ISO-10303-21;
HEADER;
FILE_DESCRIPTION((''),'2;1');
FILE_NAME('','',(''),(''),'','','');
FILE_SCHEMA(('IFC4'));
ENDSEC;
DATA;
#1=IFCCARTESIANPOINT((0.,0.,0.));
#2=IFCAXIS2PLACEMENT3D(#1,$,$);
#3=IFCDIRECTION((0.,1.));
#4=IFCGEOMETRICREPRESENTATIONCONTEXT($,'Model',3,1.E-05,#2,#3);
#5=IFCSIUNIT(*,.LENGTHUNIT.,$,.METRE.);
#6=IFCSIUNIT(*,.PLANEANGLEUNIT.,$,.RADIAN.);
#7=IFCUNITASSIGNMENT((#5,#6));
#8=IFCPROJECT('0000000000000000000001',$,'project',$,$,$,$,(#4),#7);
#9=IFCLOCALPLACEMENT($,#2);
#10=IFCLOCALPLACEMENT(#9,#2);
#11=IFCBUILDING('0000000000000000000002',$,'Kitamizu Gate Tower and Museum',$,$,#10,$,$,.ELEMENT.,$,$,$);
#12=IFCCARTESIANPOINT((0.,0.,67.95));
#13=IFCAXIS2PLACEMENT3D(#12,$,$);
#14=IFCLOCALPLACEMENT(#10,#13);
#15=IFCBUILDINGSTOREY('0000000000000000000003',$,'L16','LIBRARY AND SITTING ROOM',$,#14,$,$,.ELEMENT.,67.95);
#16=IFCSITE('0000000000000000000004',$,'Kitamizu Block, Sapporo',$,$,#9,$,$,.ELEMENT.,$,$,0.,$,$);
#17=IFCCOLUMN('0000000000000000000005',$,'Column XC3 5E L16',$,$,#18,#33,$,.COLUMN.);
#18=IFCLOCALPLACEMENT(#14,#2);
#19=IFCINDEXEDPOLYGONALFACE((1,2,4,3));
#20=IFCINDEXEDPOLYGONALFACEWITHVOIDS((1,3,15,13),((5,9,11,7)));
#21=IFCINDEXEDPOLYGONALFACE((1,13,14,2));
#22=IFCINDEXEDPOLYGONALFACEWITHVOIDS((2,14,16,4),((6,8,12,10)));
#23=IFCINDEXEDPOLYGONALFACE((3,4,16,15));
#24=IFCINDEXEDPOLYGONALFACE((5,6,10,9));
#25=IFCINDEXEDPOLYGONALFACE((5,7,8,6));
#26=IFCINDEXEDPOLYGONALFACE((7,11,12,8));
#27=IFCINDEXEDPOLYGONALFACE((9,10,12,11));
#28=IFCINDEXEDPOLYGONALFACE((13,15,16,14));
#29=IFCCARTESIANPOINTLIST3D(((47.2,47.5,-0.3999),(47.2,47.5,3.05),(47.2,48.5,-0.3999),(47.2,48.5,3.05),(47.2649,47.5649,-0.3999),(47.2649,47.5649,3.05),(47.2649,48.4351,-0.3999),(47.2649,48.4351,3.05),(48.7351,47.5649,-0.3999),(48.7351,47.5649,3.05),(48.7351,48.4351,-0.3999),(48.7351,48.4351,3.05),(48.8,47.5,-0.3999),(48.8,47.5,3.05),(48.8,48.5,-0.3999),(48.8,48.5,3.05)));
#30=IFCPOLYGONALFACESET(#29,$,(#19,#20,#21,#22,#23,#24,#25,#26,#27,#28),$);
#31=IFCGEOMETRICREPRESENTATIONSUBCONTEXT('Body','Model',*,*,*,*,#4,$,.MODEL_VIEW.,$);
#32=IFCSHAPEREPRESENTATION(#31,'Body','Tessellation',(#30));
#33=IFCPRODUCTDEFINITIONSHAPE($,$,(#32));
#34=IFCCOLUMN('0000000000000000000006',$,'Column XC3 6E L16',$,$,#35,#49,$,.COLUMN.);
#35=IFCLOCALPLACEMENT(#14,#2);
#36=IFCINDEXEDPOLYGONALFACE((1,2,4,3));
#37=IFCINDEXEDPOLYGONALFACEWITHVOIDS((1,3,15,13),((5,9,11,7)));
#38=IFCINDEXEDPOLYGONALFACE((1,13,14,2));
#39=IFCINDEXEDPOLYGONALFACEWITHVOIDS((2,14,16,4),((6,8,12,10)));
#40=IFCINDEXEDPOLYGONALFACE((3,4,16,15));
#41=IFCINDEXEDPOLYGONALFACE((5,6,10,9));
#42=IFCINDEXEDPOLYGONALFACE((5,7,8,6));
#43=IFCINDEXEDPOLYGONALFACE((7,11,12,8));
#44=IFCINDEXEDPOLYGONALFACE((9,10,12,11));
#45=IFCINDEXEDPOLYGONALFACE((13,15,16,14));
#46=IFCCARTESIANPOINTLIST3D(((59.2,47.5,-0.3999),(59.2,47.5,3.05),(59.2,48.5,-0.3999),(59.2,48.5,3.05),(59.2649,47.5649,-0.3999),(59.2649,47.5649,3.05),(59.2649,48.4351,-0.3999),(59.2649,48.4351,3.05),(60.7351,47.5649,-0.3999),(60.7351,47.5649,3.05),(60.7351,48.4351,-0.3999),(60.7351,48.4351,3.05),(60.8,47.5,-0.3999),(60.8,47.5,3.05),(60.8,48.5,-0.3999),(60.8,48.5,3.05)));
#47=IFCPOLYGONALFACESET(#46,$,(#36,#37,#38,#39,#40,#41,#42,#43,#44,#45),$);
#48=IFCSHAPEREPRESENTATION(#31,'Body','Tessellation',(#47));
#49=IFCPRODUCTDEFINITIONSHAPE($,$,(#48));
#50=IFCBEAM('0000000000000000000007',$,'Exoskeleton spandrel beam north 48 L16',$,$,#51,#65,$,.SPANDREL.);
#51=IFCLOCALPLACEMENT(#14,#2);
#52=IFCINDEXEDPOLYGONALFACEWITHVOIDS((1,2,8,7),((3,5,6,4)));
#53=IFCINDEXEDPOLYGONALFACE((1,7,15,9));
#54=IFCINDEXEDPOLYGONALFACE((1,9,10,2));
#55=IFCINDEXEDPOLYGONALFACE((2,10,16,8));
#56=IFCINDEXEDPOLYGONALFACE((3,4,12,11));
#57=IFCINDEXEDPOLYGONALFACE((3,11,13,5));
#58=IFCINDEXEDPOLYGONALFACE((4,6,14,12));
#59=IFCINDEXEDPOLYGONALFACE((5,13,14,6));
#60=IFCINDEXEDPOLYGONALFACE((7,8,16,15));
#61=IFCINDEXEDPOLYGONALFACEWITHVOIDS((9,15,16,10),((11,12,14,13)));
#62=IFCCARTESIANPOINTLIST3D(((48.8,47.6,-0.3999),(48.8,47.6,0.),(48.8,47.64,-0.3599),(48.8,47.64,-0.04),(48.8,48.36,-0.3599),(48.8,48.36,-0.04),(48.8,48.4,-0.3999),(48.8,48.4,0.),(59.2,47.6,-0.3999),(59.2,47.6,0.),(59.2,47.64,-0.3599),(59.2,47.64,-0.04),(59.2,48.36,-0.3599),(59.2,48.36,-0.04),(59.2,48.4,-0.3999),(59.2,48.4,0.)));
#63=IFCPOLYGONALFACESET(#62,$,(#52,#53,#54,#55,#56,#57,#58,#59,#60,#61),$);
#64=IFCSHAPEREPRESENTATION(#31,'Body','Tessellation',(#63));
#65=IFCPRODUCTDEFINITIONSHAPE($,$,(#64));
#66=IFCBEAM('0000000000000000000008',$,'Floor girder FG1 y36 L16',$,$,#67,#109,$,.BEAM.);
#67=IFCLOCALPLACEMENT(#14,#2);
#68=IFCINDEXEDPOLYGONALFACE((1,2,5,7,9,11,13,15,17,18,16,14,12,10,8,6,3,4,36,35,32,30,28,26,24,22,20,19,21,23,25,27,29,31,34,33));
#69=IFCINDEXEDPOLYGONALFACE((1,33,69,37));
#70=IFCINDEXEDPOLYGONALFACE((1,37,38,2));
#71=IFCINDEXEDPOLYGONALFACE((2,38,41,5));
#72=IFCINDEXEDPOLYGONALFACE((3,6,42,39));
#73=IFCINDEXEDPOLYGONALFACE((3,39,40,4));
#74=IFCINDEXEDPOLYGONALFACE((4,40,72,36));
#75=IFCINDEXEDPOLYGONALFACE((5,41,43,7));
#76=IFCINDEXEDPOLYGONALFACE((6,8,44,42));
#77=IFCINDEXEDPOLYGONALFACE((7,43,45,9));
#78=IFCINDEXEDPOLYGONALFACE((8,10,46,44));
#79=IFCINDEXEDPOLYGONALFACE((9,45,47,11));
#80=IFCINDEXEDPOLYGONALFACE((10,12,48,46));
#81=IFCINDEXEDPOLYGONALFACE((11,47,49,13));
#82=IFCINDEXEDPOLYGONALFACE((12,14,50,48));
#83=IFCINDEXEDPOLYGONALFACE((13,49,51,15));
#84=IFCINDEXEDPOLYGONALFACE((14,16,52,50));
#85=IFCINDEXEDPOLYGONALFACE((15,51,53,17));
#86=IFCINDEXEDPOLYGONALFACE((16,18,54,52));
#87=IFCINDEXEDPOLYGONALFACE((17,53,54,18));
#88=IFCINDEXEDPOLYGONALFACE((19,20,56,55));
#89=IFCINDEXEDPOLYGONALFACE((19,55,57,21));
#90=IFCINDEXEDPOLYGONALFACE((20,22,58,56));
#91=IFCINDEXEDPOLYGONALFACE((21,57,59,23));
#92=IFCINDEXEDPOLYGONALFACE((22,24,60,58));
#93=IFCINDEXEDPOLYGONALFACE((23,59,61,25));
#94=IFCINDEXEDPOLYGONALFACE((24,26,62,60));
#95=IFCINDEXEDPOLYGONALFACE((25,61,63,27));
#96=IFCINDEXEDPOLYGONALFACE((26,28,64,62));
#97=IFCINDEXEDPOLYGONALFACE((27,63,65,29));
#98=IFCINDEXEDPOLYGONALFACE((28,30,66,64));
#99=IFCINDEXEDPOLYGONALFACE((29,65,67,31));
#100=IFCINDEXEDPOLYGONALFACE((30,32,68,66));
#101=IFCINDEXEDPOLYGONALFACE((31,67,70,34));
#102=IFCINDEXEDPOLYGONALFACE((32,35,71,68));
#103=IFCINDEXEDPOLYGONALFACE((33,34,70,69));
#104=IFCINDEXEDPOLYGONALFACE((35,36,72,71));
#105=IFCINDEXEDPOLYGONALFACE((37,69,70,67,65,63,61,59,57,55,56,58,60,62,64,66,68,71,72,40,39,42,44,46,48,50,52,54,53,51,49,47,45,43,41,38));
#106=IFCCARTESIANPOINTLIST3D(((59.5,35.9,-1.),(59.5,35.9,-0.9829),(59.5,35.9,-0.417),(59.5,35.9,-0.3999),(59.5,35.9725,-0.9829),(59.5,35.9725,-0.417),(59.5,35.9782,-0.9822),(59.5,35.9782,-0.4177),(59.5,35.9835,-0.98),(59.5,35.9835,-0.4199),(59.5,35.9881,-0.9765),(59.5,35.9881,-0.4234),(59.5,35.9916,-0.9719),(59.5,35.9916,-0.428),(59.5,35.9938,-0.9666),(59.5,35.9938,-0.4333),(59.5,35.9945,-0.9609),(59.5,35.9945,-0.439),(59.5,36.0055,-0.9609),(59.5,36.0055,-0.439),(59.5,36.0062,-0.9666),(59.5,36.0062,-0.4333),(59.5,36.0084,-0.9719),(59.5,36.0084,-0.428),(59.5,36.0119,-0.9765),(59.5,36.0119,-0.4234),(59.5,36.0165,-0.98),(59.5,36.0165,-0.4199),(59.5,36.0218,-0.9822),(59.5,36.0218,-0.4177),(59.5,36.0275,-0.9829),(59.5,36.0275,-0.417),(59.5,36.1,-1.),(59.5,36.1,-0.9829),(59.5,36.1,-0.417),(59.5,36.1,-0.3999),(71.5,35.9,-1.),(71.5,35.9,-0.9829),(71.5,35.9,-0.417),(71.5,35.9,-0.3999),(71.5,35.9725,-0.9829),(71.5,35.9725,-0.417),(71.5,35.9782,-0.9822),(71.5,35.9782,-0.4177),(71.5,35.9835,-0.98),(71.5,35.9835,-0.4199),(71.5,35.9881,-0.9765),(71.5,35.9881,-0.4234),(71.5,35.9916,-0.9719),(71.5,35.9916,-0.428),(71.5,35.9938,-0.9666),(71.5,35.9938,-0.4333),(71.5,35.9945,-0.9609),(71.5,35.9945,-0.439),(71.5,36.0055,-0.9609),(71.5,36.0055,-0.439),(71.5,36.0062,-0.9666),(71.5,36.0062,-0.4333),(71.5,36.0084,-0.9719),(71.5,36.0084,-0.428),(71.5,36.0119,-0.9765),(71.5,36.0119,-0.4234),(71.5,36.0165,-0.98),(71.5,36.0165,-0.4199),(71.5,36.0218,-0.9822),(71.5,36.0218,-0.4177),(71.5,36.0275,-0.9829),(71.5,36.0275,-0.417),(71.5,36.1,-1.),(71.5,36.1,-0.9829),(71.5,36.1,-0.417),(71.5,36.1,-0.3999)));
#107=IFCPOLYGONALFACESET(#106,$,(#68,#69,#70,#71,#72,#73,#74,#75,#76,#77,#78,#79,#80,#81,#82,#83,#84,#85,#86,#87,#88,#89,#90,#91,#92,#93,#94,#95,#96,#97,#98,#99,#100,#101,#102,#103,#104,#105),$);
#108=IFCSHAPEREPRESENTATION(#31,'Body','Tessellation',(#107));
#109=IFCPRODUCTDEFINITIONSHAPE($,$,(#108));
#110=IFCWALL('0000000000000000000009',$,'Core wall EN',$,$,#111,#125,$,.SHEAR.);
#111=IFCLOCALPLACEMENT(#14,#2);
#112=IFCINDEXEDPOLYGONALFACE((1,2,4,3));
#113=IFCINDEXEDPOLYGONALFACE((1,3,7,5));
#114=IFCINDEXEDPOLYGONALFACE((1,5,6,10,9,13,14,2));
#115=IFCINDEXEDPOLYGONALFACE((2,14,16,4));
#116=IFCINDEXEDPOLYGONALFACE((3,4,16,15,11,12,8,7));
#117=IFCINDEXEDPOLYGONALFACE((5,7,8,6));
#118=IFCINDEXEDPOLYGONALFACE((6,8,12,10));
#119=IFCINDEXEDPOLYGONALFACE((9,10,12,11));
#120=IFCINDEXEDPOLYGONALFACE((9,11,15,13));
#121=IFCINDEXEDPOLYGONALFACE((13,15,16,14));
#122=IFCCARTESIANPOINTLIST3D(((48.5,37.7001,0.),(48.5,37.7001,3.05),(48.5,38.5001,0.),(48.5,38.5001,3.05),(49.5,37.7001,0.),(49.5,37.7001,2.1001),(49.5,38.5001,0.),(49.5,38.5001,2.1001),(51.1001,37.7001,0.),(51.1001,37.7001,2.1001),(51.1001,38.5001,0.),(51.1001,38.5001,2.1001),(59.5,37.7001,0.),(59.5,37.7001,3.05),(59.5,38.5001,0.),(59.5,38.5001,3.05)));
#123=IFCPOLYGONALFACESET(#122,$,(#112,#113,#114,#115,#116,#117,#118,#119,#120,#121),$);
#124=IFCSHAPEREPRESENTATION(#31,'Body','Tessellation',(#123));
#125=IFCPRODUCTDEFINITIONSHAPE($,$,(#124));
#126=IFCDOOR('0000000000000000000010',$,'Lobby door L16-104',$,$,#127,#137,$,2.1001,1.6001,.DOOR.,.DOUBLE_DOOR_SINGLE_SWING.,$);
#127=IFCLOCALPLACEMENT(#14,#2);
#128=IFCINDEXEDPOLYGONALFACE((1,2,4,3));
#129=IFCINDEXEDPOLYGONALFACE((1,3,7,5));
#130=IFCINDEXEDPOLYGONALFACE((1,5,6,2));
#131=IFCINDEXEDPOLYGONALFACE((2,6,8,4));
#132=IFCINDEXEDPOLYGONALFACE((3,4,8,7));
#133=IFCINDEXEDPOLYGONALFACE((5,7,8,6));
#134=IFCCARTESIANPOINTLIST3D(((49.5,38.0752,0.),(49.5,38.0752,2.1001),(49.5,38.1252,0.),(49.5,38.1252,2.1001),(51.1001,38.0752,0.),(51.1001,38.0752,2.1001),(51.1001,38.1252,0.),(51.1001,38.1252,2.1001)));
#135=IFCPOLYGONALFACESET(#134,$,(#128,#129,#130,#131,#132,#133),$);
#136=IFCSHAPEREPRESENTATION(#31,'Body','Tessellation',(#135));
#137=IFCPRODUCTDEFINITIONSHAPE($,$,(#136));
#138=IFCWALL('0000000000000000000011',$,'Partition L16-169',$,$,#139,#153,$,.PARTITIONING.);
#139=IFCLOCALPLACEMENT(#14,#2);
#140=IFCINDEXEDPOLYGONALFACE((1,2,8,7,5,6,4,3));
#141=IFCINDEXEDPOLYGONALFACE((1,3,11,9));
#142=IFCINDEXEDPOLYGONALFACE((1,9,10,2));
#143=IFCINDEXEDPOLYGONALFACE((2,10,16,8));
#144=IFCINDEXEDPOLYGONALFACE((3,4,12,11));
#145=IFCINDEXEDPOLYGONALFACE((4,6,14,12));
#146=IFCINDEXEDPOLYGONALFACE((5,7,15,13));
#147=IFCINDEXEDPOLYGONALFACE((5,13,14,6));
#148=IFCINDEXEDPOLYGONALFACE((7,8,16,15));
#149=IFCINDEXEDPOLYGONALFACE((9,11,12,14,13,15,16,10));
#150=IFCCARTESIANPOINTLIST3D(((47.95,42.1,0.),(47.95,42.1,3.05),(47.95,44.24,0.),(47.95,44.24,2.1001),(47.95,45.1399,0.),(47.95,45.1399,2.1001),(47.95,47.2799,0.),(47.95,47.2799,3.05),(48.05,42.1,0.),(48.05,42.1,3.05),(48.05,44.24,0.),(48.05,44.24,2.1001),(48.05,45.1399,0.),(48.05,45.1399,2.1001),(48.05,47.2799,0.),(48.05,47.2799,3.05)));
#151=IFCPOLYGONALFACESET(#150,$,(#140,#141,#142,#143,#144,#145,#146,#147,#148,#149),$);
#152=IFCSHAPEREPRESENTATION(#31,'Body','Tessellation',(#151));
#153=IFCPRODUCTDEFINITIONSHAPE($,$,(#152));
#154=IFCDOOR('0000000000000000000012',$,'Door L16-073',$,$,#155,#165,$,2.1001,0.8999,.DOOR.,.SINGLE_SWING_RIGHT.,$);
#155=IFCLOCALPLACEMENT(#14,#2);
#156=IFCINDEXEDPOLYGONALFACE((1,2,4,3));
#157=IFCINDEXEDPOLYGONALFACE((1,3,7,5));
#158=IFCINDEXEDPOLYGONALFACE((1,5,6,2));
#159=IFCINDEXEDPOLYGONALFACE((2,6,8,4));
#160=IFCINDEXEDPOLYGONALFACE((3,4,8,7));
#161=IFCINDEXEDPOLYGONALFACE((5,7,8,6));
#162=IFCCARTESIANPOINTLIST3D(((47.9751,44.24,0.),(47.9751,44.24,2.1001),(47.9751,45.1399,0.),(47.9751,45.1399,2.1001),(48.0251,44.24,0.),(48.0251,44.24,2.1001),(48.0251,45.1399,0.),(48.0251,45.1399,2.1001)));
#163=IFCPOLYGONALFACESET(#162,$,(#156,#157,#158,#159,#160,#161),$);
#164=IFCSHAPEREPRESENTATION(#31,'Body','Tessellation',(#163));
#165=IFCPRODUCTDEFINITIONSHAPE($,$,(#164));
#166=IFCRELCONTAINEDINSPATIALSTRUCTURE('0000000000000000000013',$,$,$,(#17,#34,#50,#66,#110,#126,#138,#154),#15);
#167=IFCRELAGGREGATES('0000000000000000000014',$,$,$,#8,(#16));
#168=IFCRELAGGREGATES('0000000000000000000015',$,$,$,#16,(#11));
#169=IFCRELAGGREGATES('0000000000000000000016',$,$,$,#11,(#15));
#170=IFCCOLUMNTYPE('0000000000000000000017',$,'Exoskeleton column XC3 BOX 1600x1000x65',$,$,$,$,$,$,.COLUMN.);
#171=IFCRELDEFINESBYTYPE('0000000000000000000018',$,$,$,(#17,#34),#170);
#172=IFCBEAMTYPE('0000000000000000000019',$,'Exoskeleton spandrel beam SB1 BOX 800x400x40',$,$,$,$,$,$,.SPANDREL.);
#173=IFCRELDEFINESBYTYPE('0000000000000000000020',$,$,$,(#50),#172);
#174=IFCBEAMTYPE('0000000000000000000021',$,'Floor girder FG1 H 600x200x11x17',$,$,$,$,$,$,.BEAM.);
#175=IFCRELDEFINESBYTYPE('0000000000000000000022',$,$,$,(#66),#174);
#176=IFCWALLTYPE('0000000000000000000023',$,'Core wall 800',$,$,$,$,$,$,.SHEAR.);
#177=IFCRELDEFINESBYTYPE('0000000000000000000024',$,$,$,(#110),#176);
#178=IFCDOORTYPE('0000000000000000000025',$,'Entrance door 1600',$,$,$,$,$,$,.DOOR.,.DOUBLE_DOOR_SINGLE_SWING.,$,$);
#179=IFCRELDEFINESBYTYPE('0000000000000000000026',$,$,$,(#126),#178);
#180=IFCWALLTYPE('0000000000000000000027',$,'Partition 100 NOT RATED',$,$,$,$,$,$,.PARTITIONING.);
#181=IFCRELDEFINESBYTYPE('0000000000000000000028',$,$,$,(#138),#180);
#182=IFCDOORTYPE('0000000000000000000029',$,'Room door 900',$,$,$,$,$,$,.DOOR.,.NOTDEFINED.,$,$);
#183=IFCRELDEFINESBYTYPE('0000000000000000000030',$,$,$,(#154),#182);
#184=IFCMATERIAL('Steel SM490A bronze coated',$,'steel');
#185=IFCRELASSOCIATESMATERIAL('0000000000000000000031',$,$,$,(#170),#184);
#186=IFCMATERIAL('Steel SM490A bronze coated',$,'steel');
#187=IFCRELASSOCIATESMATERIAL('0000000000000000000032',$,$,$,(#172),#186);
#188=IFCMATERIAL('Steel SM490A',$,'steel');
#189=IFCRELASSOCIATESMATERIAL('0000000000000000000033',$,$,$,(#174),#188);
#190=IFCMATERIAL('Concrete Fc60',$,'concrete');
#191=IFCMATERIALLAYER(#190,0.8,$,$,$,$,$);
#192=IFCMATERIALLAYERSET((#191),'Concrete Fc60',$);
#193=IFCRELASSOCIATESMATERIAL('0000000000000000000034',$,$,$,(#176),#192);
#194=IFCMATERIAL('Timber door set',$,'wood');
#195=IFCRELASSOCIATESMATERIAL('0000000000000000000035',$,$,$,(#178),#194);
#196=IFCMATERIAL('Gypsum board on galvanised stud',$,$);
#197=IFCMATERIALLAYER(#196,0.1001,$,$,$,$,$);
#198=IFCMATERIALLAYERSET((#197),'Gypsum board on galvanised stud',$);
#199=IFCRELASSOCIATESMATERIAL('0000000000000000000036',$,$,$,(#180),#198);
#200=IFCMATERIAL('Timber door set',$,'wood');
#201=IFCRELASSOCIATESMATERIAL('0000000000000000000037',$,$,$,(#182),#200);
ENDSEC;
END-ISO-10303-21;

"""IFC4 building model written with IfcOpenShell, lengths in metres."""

from ifc_helpers import new_model, si_unit, direction, frame, frame_2d, origin, origin_2d, place, context, subcontext, project, spatial, rectangle, hollow_rectangle, i_section, extrude, material, layer, layer_set, material_profile, profile_set, type_object, element, fill, save


model = new_model("IFC4")

# Units and contexts
model_context = context("Model", 3, precision=1e-05, world=origin(), true_north=direction((0.0, 1.0)))
body_context = subcontext(model_context, "Body", "Model", "MODEL_VIEW")
ifc_project = project(units=[si_unit("LENGTHUNIT", "METRE"), si_unit("PLANEANGLEUNIT", "RADIAN")], contexts=[model_context])

# Site, building, storey
site_placement = place(None, origin())
site = spatial("IfcSite", under=ifc_project, at=site_placement, Name="Kitamizu Block, Sapporo", CompositionType="ELEMENT", RefElevation=0.0)
building_placement = place(site_placement, origin())
building = spatial("IfcBuilding", under=site, at=building_placement, Name="Kitamizu Gate Tower and Museum", CompositionType="ELEMENT")
storey_placement = place(building_placement, frame((0.0, 0.0, 67.95)))
storey = spatial("IfcBuildingStorey", under=building, at=storey_placement, Name="L16", Description="LIBRARY AND SITTING ROOM", CompositionType="ELEMENT", Elevation=67.95)

# Columns
ifc_material_1 = material(Name="Steel SM490A bronze coated", Category="steel")
ifc_material_profile_1 = material_profile(ifc_material_1, hollow_rectangle(XDim=1.6001, YDim=1.0, WallThickness=0.0649, at=origin_2d()), Name="BOX 1600x1000x65")
ifc_profile_set_1 = profile_set([ifc_material_profile_1], Name="Steel SM490A bronze coated")
column_type = type_object("IfcColumnType", Name="Exoskeleton column XC3 BOX 1600x1000x65", PredefinedType="COLUMN", material=ifc_profile_set_1)
for number, where, z_axis, x_axis, name in (
    (1, (48.0, 48.0, -0.3999), (0.0, 0.0, 1.0), (1.0, 0.0, 0.0), "Column XC3 5E L16"),
    (2, (60.0, 48.0, -0.3999), (0.0, 0.0, 1.0), (1.0, 0.0, 0.0), "Column XC3 6E L16"),
):
    element("IfcColumn", number, at=place(storey_placement, frame(where, z_axis=z_axis, x_axis=x_axis)), inside=storey, type_object=column_type, Name=name, PredefinedType="COLUMN", context=body_context, shape_type="SweptSolid", body=[
        extrude(hollow_rectangle(XDim=1.6001, YDim=1.0, WallThickness=0.0649, at=origin_2d()), origin(), (0.0, 0.0, 1.0), 3.45),
    ])

# Beams
ifc_material_2 = material(Name="Steel SM490A bronze coated", Category="steel")
ifc_material_profile_2 = material_profile(ifc_material_2, hollow_rectangle(XDim=0.8, YDim=0.3999, WallThickness=0.04, at=origin_2d()), Name="BOX 800x400x40")
ifc_profile_set_2 = profile_set([ifc_material_profile_2], Name="Steel SM490A bronze coated")
beam_type_1 = type_object("IfcBeamType", Name="Exoskeleton spandrel beam SB1 BOX 800x400x40", PredefinedType="SPANDREL", material=ifc_profile_set_2)
beam_1_placement = place(storey_placement, frame((48.8, 48.0, -0.2), z_axis=(1.0, 0.0, 0.0), x_axis=(0.0, 1.0, 0.0)))
element("IfcBeam", 3, at=beam_1_placement, inside=storey, type_object=beam_type_1, Name="Exoskeleton spandrel beam north 48 L16", PredefinedType="SPANDREL", context=body_context, shape_type="SweptSolid", body=[
    extrude(hollow_rectangle(XDim=0.8, YDim=0.3999, WallThickness=0.04, at=origin_2d()), origin(), (0.0, 0.0, 1.0), 10.3999),
])
ifc_material_3 = material(Name="Steel SM490A", Category="steel")
ifc_material_profile_3 = material_profile(ifc_material_3, i_section(OverallWidth=0.2, OverallDepth=0.6001, WebThickness=0.011, FlangeThickness=0.0171, FilletRadius=0.022, at=origin_2d()), Name="H-600x200x11x17")
ifc_profile_set_3 = profile_set([ifc_material_profile_3], Name="Steel SM490A")
beam_type_2 = type_object("IfcBeamType", Name="Floor girder FG1 H 600x200x11x17", PredefinedType="BEAM", material=ifc_profile_set_3)
beam_2_placement = place(storey_placement, frame((59.5, 36.0, -0.7), z_axis=(1.0, 0.0, 0.0), x_axis=(0.0, 1.0, 0.0)))
element("IfcBeam", 4, at=beam_2_placement, inside=storey, type_object=beam_type_2, Name="Floor girder FG1 y36 L16", PredefinedType="BEAM", context=body_context, shape_type="SweptSolid", body=[
    extrude(i_section(OverallWidth=0.2, OverallDepth=0.6001, WebThickness=0.011, FlangeThickness=0.0171, FilletRadius=0.022, at=origin_2d()), origin(), (0.0, 0.0, 1.0), 12.0),
])

# Walls, openings, doors
ifc_material_4 = material(Name="Concrete Fc60", Category="concrete")
ifc_layer_1 = layer(ifc_material_4, 0.8)
ifc_layer_set_1 = layer_set([ifc_layer_1], Name="Concrete Fc60")
wall_type_1 = type_object("IfcWallType", Name="Core wall 800", PredefinedType="SHEAR", material=ifc_layer_set_1)
wall_1_placement = place(storey_placement, frame((59.5, 38.1001, 0.0), z_axis=(0.0, 0.0, 1.0), x_axis=(-1.0, 0.0, 0.0)))
wall_1 = element("IfcWall", 5, at=wall_1_placement, inside=storey, type_object=wall_type_1, Name="Core wall EN", PredefinedType="SHEAR", context=body_context, shape_type="SweptSolid", body=[
    extrude(rectangle(XDim=11.0, YDim=0.8, at=frame_2d((5.5, 0.0))), origin(), (0.0, 0.0, 1.0), 3.05),
])
opening_1_placement = place(wall_1_placement, frame((8.3999, 0.0, 0.0)))
opening_1 = element("IfcOpeningElement", 6, at=opening_1_placement, cuts=wall_1, PredefinedType="OPENING", context=body_context, shape_type="SweptSolid", body=[
    extrude(rectangle(XDim=1.6001, YDim=2.1001, at=frame_2d((0.8, 1.05))), frame((0.0, 0.4102, 0.0), z_axis=(0.0, -1.0, 0.0), x_axis=(1.0, 0.0, 0.0)), (0.0, 0.0, 1.0), 0.8201),
])
ifc_material_5 = material(Name="Timber door set", Category="wood")
door_type_1 = type_object("IfcDoorType", Name="Entrance door 1600", OperationType="DOUBLE_DOOR_SINGLE_SWING", PredefinedType="DOOR", material=ifc_material_5)
door_1_placement = place(opening_1_placement, origin())
door_1 = element("IfcDoor", 7, at=door_1_placement, inside=storey, type_object=door_type_1, Name="Lobby door L16-104", OperationType="DOUBLE_DOOR_SINGLE_SWING", OverallHeight=2.1001, OverallWidth=1.6001, PredefinedType="DOOR", context=body_context, shape_type="SweptSolid", body=[
    extrude(rectangle(XDim=1.6001, YDim=2.1001, at=frame_2d((0.8, 1.05))), frame((0.0, 0.0249, 0.0), z_axis=(0.0, -1.0, 0.0), x_axis=(1.0, 0.0, 0.0)), (0.0, 0.0, 1.0), 0.05),
])
fill(opening_1, door_1)
ifc_material_6 = material(Name="Gypsum board on galvanised stud")
ifc_layer_2 = layer(ifc_material_6, 0.1001)
ifc_layer_set_2 = layer_set([ifc_layer_2], Name="Gypsum board on galvanised stud")
wall_type_2 = type_object("IfcWallType", Name="Partition 100 NOT RATED", PredefinedType="PARTITIONING", material=ifc_layer_set_2)
wall_2_placement = place(storey_placement, frame((48.0, 42.1001, 0.0), z_axis=(0.0, 0.0, 1.0), x_axis=(0.0, 1.0, 0.0)))
wall_2 = element("IfcWall", 8, at=wall_2_placement, inside=storey, type_object=wall_type_2, Name="Partition L16-169", PredefinedType="PARTITIONING", context=body_context, shape_type="SweptSolid", body=[
    extrude(rectangle(XDim=5.1799, YDim=0.1001, at=frame_2d((2.5898, 0.0))), origin(), (0.0, 0.0, 1.0), 3.05),
])
opening_2_placement = place(wall_2_placement, frame((2.1399, 0.0, 0.0)))
opening_2 = element("IfcOpeningElement", 9, at=opening_2_placement, cuts=wall_2, PredefinedType="OPENING", context=body_context, shape_type="SweptSolid", body=[
    extrude(rectangle(XDim=0.8999, YDim=2.1001, at=frame_2d((0.45, 1.05))), frame((0.0, 0.0601, 0.0), z_axis=(0.0, -1.0, 0.0), x_axis=(1.0, 0.0, 0.0)), (0.0, 0.0, 1.0), 0.1201),
])
ifc_material_7 = material(Name="Timber door set", Category="wood")
door_type_2 = type_object("IfcDoorType", Name="Room door 900", OperationType="NOTDEFINED", PredefinedType="DOOR", material=ifc_material_7)
door_2_placement = place(opening_2_placement, origin())
door_2 = element("IfcDoor", 10, at=door_2_placement, inside=storey, type_object=door_type_2, Name="Door L16-073", OperationType="SINGLE_SWING_RIGHT", OverallHeight=2.1001, OverallWidth=0.8999, PredefinedType="DOOR", context=body_context, shape_type="SweptSolid", body=[
    extrude(rectangle(XDim=0.8999, YDim=2.1001, at=frame_2d((0.45, 1.05))), frame((0.0, 0.0249, 0.0), z_axis=(0.0, -1.0, 0.0), x_axis=(1.0, 0.0, 0.0)), (0.0, 0.0, 1.0), 0.05),
])
fill(opening_2, door_2)

save(model, "model.ifc")
